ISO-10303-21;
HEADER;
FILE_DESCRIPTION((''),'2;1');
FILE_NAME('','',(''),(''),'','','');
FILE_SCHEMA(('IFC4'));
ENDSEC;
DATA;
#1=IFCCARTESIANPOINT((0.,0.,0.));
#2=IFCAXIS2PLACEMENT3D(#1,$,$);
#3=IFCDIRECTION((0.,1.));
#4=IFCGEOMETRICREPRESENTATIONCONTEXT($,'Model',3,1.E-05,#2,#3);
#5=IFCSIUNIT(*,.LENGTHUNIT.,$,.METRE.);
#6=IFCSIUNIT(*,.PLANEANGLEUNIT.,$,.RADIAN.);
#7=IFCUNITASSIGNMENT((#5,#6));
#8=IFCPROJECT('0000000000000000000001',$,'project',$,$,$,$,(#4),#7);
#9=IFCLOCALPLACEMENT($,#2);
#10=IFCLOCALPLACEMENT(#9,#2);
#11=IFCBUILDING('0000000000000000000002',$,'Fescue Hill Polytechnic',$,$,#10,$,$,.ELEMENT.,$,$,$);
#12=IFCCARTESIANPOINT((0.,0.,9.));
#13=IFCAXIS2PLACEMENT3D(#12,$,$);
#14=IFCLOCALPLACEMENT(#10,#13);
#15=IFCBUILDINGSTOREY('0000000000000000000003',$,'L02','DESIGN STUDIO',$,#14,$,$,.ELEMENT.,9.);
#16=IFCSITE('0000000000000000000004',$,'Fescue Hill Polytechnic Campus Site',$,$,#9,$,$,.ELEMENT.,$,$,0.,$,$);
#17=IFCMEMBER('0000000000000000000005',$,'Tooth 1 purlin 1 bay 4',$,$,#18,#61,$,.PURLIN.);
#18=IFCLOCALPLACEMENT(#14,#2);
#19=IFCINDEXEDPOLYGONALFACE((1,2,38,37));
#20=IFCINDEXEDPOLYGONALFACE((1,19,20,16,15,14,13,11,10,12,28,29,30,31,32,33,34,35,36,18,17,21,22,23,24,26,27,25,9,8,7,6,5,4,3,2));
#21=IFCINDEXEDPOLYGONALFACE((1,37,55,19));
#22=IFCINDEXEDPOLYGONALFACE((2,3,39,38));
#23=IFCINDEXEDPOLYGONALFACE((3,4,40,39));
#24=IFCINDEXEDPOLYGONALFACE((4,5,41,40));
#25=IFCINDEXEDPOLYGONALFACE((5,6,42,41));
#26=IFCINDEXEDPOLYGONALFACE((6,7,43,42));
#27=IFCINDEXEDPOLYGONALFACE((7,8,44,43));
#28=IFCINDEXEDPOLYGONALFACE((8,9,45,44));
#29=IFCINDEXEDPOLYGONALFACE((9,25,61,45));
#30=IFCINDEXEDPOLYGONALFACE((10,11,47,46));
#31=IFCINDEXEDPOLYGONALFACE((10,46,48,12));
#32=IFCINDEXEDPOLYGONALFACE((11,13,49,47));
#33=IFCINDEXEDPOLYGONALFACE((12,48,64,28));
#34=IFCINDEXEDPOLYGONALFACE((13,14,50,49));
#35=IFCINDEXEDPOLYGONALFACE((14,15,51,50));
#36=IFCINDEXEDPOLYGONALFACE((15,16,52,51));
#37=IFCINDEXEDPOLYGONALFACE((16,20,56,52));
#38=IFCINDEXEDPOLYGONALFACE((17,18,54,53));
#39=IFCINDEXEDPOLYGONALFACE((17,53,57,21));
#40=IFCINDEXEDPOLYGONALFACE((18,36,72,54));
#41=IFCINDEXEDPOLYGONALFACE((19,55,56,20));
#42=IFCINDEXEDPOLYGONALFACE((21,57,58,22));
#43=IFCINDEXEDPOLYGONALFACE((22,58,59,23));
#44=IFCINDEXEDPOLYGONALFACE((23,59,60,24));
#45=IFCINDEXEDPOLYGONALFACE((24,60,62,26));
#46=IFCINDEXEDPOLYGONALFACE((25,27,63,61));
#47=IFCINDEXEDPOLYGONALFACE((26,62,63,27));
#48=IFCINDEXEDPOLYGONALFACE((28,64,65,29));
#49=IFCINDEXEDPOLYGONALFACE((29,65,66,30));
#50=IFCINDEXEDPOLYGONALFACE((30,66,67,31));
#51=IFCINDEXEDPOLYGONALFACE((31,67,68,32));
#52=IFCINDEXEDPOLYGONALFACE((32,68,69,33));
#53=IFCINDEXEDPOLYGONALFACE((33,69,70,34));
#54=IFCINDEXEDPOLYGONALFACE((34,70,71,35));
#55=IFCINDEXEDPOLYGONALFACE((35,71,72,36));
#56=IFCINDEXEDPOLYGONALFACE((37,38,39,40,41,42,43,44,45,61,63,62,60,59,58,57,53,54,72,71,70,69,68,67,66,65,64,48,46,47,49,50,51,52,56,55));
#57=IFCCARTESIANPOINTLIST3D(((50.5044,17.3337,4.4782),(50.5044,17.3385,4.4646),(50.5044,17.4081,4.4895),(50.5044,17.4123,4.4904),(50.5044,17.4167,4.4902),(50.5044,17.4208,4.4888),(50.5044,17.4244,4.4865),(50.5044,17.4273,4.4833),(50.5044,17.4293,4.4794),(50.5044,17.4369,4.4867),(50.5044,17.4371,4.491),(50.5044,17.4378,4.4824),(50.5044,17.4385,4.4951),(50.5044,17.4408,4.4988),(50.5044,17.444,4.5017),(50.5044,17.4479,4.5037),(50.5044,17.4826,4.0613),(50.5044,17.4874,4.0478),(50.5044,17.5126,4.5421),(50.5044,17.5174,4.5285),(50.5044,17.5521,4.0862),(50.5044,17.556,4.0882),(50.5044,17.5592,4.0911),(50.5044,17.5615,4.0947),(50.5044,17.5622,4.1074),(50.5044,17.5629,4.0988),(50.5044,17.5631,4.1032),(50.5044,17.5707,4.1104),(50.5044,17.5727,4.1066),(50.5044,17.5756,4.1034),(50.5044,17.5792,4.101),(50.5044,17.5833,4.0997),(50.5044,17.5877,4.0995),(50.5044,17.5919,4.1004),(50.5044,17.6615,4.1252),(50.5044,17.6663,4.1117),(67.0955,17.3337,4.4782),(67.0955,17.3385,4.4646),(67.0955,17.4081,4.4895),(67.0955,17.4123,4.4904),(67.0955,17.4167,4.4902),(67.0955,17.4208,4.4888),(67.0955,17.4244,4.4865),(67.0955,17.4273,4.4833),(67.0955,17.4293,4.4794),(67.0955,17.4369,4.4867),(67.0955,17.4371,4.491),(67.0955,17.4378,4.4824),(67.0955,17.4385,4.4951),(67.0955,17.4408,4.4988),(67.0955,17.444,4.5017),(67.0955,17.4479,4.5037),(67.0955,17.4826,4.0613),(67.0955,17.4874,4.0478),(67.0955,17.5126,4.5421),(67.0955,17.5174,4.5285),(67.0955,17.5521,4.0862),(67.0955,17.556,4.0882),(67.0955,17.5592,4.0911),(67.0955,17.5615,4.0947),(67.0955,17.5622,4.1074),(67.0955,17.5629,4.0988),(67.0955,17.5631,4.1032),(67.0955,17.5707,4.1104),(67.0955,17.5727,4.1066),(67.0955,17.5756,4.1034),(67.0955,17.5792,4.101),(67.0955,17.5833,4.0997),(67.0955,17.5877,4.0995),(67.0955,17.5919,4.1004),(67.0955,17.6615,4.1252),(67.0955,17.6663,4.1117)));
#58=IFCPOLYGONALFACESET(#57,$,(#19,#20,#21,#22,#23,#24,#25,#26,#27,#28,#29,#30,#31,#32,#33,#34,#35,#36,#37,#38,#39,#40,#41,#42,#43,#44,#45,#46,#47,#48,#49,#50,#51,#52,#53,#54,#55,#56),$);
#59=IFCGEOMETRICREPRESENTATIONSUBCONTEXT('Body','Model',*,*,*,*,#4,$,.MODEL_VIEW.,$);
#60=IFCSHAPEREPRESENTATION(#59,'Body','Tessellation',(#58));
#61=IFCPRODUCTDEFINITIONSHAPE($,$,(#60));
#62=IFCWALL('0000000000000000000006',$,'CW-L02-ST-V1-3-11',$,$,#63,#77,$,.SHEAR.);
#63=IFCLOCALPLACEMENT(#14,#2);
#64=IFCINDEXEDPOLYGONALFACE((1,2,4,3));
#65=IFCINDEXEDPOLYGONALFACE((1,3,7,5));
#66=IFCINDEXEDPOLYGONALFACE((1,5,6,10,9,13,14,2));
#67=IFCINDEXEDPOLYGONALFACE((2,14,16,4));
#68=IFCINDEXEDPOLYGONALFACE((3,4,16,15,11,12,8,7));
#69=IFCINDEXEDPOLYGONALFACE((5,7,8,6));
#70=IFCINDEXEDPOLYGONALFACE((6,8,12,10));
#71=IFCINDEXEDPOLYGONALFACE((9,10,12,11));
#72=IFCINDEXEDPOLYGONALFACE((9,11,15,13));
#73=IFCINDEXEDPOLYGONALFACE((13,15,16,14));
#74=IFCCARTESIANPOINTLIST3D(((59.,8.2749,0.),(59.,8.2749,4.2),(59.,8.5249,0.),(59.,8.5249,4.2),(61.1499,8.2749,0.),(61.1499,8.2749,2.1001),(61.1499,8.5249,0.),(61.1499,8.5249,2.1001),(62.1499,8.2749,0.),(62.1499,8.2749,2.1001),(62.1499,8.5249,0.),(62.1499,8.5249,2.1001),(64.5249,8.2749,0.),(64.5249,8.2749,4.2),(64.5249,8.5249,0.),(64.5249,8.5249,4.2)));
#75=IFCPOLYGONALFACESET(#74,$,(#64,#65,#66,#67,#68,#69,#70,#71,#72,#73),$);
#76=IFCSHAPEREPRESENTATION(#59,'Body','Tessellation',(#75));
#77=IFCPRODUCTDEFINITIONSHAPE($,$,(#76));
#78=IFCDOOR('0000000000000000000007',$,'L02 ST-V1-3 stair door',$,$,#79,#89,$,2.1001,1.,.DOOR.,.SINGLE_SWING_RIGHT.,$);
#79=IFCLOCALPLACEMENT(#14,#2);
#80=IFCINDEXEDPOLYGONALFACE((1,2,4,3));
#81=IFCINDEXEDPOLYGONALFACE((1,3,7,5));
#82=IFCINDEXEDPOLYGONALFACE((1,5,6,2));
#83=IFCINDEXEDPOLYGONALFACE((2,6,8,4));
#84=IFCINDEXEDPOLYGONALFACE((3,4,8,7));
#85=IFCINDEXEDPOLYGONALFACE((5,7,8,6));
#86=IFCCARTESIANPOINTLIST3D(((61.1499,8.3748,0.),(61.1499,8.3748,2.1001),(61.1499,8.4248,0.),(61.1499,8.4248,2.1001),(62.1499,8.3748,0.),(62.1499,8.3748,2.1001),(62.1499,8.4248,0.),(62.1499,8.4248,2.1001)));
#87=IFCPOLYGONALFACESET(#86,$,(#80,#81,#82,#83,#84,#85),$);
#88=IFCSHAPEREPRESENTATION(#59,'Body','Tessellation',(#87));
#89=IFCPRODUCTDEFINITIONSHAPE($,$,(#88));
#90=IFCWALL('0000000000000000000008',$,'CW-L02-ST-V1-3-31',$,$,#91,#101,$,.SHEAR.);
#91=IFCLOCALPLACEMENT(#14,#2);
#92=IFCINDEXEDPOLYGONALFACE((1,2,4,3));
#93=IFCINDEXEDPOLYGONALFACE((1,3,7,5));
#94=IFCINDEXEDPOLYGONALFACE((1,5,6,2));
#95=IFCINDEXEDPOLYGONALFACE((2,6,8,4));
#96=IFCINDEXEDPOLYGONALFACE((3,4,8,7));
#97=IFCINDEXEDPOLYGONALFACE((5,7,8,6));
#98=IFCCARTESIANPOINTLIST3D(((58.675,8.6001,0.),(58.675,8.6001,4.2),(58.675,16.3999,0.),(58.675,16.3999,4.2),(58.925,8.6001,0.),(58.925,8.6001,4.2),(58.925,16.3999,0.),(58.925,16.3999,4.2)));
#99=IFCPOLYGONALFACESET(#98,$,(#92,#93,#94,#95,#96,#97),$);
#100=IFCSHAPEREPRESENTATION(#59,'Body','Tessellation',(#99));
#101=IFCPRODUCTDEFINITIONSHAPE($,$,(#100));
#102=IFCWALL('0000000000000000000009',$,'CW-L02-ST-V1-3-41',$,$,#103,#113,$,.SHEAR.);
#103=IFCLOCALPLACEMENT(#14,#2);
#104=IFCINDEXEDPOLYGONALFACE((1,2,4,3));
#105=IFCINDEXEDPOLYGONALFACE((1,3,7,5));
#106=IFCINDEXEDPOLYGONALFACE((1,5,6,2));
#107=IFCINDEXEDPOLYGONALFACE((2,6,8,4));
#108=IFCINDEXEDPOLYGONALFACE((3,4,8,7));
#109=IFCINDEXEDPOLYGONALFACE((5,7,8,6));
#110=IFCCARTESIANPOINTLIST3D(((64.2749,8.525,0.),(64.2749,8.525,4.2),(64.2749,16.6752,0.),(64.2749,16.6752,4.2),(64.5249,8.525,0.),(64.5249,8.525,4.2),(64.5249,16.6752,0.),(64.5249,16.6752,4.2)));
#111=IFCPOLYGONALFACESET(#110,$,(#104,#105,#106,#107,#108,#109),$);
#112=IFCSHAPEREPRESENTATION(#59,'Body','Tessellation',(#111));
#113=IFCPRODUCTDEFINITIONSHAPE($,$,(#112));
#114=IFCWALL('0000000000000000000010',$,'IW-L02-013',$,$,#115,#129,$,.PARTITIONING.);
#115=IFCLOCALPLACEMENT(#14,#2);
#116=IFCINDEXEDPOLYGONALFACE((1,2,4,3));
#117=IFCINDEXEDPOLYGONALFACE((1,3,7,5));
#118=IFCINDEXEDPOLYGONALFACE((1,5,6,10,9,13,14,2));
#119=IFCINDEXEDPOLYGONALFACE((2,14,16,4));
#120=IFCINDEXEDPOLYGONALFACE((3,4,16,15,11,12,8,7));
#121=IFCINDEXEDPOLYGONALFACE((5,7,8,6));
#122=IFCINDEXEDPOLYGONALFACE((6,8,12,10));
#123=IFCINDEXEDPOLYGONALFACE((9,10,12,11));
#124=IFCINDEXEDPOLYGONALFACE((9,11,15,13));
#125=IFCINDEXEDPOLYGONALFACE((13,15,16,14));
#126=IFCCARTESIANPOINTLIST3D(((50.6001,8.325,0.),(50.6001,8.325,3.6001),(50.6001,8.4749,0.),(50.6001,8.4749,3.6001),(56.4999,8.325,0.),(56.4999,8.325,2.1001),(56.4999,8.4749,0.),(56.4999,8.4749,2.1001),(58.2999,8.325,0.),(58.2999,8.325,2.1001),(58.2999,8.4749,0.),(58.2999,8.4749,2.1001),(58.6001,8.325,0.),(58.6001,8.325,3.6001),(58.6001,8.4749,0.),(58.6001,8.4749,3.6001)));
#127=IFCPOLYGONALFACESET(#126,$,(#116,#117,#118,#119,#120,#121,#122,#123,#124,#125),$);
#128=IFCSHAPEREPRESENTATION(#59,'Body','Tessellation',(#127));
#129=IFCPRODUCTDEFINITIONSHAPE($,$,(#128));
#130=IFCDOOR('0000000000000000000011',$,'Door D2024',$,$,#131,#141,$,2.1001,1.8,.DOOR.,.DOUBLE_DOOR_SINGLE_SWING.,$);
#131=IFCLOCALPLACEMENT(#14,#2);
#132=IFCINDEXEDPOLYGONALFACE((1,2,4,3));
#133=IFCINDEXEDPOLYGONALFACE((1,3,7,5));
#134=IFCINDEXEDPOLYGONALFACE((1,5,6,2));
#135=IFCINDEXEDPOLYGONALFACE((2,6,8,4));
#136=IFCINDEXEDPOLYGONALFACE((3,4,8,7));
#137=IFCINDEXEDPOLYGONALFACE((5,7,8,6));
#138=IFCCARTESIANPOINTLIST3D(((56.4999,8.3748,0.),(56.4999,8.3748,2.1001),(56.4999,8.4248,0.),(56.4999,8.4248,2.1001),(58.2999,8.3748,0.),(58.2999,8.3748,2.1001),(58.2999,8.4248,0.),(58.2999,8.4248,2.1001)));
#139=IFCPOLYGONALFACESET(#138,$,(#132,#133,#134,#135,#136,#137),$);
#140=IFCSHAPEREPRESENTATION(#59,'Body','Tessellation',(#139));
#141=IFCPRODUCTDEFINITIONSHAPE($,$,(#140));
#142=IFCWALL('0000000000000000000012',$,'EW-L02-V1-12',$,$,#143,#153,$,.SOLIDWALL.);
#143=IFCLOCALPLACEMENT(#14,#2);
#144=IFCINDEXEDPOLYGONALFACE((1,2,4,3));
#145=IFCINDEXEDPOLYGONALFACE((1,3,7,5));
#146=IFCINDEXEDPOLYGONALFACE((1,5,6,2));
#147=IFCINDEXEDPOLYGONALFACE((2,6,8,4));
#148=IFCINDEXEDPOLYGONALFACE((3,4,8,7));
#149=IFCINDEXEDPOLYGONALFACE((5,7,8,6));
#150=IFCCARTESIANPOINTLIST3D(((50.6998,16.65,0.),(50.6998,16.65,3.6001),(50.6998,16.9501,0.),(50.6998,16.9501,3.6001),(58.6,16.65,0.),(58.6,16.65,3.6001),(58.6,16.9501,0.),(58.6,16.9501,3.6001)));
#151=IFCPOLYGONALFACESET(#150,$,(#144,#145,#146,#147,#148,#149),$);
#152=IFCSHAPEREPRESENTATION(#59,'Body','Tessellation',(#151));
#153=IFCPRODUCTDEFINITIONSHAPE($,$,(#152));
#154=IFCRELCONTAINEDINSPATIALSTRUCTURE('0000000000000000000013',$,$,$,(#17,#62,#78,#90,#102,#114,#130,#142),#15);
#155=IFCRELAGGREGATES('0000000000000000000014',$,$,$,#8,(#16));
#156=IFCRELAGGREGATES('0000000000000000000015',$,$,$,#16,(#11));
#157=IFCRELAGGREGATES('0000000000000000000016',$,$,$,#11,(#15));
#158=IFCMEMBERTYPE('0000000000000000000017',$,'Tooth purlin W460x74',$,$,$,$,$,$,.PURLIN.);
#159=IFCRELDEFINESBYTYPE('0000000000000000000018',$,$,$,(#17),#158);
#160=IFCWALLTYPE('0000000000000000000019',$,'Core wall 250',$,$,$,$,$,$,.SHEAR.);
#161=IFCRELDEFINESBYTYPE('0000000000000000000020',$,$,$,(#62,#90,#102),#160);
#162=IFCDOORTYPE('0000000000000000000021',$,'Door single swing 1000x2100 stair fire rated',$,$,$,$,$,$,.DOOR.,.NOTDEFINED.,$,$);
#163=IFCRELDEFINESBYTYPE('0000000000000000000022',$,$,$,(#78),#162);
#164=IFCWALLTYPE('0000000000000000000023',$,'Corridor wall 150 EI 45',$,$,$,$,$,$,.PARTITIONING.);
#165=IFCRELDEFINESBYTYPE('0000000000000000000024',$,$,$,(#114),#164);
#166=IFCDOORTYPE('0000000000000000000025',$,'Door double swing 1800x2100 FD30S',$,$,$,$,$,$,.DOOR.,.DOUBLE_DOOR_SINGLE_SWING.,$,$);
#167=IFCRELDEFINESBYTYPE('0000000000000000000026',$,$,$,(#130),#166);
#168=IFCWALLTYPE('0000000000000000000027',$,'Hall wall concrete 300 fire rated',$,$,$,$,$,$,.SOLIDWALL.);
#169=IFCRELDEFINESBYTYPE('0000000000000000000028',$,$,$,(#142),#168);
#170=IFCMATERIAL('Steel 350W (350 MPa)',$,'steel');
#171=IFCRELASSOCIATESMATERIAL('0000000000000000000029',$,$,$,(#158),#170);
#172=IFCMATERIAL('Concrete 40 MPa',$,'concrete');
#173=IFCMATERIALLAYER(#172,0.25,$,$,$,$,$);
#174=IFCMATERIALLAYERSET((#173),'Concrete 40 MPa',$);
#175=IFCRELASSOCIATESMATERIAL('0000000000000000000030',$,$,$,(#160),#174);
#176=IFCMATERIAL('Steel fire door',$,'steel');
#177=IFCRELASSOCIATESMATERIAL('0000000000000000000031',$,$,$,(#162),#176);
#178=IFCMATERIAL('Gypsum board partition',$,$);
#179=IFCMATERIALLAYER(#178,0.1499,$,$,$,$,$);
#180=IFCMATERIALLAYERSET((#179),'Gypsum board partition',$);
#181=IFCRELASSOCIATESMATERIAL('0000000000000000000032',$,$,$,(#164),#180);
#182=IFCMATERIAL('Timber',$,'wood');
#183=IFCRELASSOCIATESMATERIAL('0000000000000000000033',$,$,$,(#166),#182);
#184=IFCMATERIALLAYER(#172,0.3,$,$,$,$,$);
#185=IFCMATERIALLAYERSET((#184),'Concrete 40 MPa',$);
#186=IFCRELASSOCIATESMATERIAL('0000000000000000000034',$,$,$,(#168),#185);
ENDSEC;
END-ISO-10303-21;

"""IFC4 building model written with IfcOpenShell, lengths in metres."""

from ifc_helpers import new_model, si_unit, direction, frame, frame_2d, origin, origin_2d, place, context, subcontext, project, spatial, rectangle, i_section, extrude, material, layer, layer_set, material_profile, profile_set, type_object, element, fill, save


model = new_model("IFC4")

# Units and contexts
model_context = context("Model", 3, precision=1e-05, world=origin(), true_north=direction((0.0, 1.0)))
body_context = subcontext(model_context, "Body", "Model", "MODEL_VIEW")
ifc_project = project(units=[si_unit("LENGTHUNIT", "METRE"), si_unit("PLANEANGLEUNIT", "RADIAN")], contexts=[model_context])

# Site, building, storey
site_placement = place(None, origin())
site = spatial("IfcSite", under=ifc_project, at=site_placement, Name="Fescue Hill Polytechnic Campus Site", CompositionType="ELEMENT", RefElevation=0.0)
building_placement = place(site_placement, origin())
building = spatial("IfcBuilding", under=site, at=building_placement, Name="Fescue Hill Polytechnic", CompositionType="ELEMENT")
storey_placement = place(building_placement, frame((0.0, 0.0, 9.0)))
storey = spatial("IfcBuildingStorey", under=building, at=storey_placement, Name="L02", Description="DESIGN STUDIO", CompositionType="ELEMENT", Elevation=9.0)

# Shared definitions
ifc_material_1 = material(Name="Concrete 40 MPa", Category="concrete")

# Member
ifc_material_2 = material(Name="Steel 350W (350 MPa)", Category="steel")
ifc_material_profile_1 = material_profile(ifc_material_2, i_section(OverallWidth=0.1899, OverallDepth=0.457, WebThickness=0.009, FlangeThickness=0.0144, FilletRadius=0.0166, at=origin_2d()), Name="W460x74")
ifc_profile_set_1 = profile_set([ifc_material_profile_1], Name="Steel 350W (350 MPa)")
member_type = type_object("IfcMemberType", Name="Tooth purlin W460x74", PredefinedType="PURLIN", material=ifc_profile_set_1)
member_placement = place(storey_placement, frame((50.5044, 17.5, 4.2949), z_axis=(1.0, 0.0, 0.0), x_axis=(0.0, 0.941742, 0.336336)))
element("IfcMember", 1, at=member_placement, inside=storey, type_object=member_type, Name="Tooth 1 purlin 1 bay 4", PredefinedType="PURLIN", context=body_context, shape_type="SweptSolid", body=[
    extrude(i_section(OverallWidth=0.1899, OverallDepth=0.457, WebThickness=0.009, FlangeThickness=0.0144, FilletRadius=0.0166, at=origin_2d()), origin(), (0.0, 0.0, 1.0), 16.5911),
])

# Wall, opening, door
ifc_layer_1 = layer(ifc_material_1, 0.25)
ifc_layer_set_1 = layer_set([ifc_layer_1], Name="Concrete 40 MPa")
wall_type_1 = type_object("IfcWallType", Name="Core wall 250", PredefinedType="SHEAR", material=ifc_layer_set_1)
wall_1_placement = place(storey_placement, frame((59.0, 8.3999, 0.0), z_axis=(0.0, 0.0, 1.0), x_axis=(1.0, 0.0, 0.0)))
wall_1 = element("IfcWall", 2, at=wall_1_placement, inside=storey, type_object=wall_type_1, Name="CW-L02-ST-V1-3-11", PredefinedType="SHEAR", context=body_context, shape_type="SweptSolid", body=[
    extrude(rectangle(XDim=5.5249, YDim=0.25, at=frame_2d((2.7625, 0.0))), origin(), (0.0, 0.0, 1.0), 4.2),
])
opening_1_placement = place(wall_1_placement, frame((2.1499, 0.0, 0.0)))
opening_1 = element("IfcOpeningElement", 3, at=opening_1_placement, cuts=wall_1, PredefinedType="OPENING", context=body_context, shape_type="SweptSolid", body=[
    extrude(rectangle(XDim=1.0, YDim=2.1001, at=frame_2d((0.5, 1.05))), frame((0.0, 0.135, 0.0), z_axis=(0.0, -1.0, 0.0), x_axis=(1.0, 0.0, 0.0)), (0.0, 0.0, 1.0), 0.27),
])
ifc_material_3 = material(Name="Steel fire door", Category="steel")
door_type_1 = type_object("IfcDoorType", Name="Door single swing 1000x2100 stair fire rated", OperationType="NOTDEFINED", PredefinedType="DOOR", material=ifc_material_3)
door_1_placement = place(opening_1_placement, origin())
door_1 = element("IfcDoor", 4, at=door_1_placement, inside=storey, type_object=door_type_1, Name="L02 ST-V1-3 stair door", OperationType="SINGLE_SWING_RIGHT", OverallHeight=2.1001, OverallWidth=1.0, PredefinedType="DOOR", context=body_context, shape_type="SweptSolid", body=[
    extrude(rectangle(XDim=1.0, YDim=2.1001, at=frame_2d((0.5, 1.05))), frame((0.0, 0.0249, 0.0), z_axis=(0.0, -1.0, 0.0), x_axis=(1.0, 0.0, 0.0)), (0.0, 0.0, 1.0), 0.05),
])
fill(opening_1, door_1)

# Walls
wall_2_placement = place(storey_placement, frame((58.8, 8.6001, 0.0), z_axis=(0.0, 0.0, 1.0), x_axis=(0.0, 1.0, 0.0)))
element("IfcWall", 5, at=wall_2_placement, inside=storey, type_object=wall_type_1, Name="CW-L02-ST-V1-3-31", PredefinedType="SHEAR", context=body_context, shape_type="SweptSolid", body=[
    extrude(rectangle(XDim=7.7998, YDim=0.25, at=frame_2d((3.8999, 0.0))), origin(), (0.0, 0.0, 1.0), 4.2),
])
wall_3_placement = place(storey_placement, frame((64.3999, 8.5249, 0.0), z_axis=(0.0, 0.0, 1.0), x_axis=(0.0, 1.0, 0.0)))
element("IfcWall", 6, at=wall_3_placement, inside=storey, type_object=wall_type_1, Name="CW-L02-ST-V1-3-41", PredefinedType="SHEAR", context=body_context, shape_type="SweptSolid", body=[
    extrude(rectangle(XDim=8.1501, YDim=0.25, at=frame_2d((4.0752, 0.0))), origin(), (0.0, 0.0, 1.0), 4.2),
])

# Wall, opening, door
ifc_material_4 = material(Name="Gypsum board partition")
ifc_layer_2 = layer(ifc_material_4, 0.1499)
ifc_layer_set_2 = layer_set([ifc_layer_2], Name="Gypsum board partition")
wall_type_2 = type_object("IfcWallType", Name="Corridor wall 150 EI 45", PredefinedType="PARTITIONING", material=ifc_layer_set_2)
wall_4_placement = place(storey_placement, frame((50.6001, 8.3999, 0.0), z_axis=(0.0, 0.0, 1.0), x_axis=(1.0, 0.0, 0.0)))
wall_4 = element("IfcWall", 7, at=wall_4_placement, inside=storey, type_object=wall_type_2, Name="IW-L02-013", PredefinedType="PARTITIONING", context=body_context, shape_type="SweptSolid", body=[
    extrude(rectangle(XDim=8.0, YDim=0.1499, at=frame_2d((4.0, 0.0))), origin(), (0.0, 0.0, 1.0), 3.6001),
])
opening_2_placement = place(wall_4_placement, frame((5.8999, 0.0, 0.0)))
opening_2 = element("IfcOpeningElement", 8, at=opening_2_placement, cuts=wall_4, PredefinedType="OPENING", context=body_context, shape_type="SweptSolid", body=[
    extrude(rectangle(XDim=1.8, YDim=2.1001, at=frame_2d((0.8999, 1.05))), frame((0.0, 0.085, 0.0), z_axis=(0.0, -1.0, 0.0), x_axis=(1.0, 0.0, 0.0)), (0.0, 0.0, 1.0), 0.1699),
])
ifc_material_5 = material(Name="Timber", Category="wood")
door_type_2 = type_object("IfcDoorType", Name="Door double swing 1800x2100 FD30S", OperationType="DOUBLE_DOOR_SINGLE_SWING", PredefinedType="DOOR", material=ifc_material_5)
door_2_placement = place(opening_2_placement, origin())
door_2 = element("IfcDoor", 9, at=door_2_placement, inside=storey, type_object=door_type_2, Name="Door D2024", OperationType="DOUBLE_DOOR_SINGLE_SWING", OverallHeight=2.1001, OverallWidth=1.8, PredefinedType="DOOR", context=body_context, shape_type="SweptSolid", body=[
    extrude(rectangle(XDim=1.8, YDim=2.1001, at=frame_2d((0.8999, 1.05))), frame((0.0, 0.0249, 0.0), z_axis=(0.0, -1.0, 0.0), x_axis=(1.0, 0.0, 0.0)), (0.0, 0.0, 1.0), 0.05),
])
fill(opening_2, door_2)

# Wall
ifc_layer_3 = layer(ifc_material_1, 0.3)
ifc_layer_set_3 = layer_set([ifc_layer_3], Name="Concrete 40 MPa")
wall_type_3 = type_object("IfcWallType", Name="Hall wall concrete 300 fire rated", PredefinedType="SOLIDWALL", material=ifc_layer_set_3)
wall_5_placement = place(storey_placement, frame((58.6001, 16.8, 0.0), z_axis=(0.0, 0.0, 1.0), x_axis=(-1.0, 0.0, 0.0)))
element("IfcWall", 10, at=wall_5_placement, inside=storey, type_object=wall_type_3, Name="EW-L02-V1-12", PredefinedType="SOLIDWALL", context=body_context, shape_type="SweptSolid", body=[
    extrude(rectangle(XDim=7.9001, YDim=0.3, at=frame_2d((3.9502, 0.0))), origin(), (0.0, 0.0, 1.0), 3.6001),
])

save(model, "model.ifc")
